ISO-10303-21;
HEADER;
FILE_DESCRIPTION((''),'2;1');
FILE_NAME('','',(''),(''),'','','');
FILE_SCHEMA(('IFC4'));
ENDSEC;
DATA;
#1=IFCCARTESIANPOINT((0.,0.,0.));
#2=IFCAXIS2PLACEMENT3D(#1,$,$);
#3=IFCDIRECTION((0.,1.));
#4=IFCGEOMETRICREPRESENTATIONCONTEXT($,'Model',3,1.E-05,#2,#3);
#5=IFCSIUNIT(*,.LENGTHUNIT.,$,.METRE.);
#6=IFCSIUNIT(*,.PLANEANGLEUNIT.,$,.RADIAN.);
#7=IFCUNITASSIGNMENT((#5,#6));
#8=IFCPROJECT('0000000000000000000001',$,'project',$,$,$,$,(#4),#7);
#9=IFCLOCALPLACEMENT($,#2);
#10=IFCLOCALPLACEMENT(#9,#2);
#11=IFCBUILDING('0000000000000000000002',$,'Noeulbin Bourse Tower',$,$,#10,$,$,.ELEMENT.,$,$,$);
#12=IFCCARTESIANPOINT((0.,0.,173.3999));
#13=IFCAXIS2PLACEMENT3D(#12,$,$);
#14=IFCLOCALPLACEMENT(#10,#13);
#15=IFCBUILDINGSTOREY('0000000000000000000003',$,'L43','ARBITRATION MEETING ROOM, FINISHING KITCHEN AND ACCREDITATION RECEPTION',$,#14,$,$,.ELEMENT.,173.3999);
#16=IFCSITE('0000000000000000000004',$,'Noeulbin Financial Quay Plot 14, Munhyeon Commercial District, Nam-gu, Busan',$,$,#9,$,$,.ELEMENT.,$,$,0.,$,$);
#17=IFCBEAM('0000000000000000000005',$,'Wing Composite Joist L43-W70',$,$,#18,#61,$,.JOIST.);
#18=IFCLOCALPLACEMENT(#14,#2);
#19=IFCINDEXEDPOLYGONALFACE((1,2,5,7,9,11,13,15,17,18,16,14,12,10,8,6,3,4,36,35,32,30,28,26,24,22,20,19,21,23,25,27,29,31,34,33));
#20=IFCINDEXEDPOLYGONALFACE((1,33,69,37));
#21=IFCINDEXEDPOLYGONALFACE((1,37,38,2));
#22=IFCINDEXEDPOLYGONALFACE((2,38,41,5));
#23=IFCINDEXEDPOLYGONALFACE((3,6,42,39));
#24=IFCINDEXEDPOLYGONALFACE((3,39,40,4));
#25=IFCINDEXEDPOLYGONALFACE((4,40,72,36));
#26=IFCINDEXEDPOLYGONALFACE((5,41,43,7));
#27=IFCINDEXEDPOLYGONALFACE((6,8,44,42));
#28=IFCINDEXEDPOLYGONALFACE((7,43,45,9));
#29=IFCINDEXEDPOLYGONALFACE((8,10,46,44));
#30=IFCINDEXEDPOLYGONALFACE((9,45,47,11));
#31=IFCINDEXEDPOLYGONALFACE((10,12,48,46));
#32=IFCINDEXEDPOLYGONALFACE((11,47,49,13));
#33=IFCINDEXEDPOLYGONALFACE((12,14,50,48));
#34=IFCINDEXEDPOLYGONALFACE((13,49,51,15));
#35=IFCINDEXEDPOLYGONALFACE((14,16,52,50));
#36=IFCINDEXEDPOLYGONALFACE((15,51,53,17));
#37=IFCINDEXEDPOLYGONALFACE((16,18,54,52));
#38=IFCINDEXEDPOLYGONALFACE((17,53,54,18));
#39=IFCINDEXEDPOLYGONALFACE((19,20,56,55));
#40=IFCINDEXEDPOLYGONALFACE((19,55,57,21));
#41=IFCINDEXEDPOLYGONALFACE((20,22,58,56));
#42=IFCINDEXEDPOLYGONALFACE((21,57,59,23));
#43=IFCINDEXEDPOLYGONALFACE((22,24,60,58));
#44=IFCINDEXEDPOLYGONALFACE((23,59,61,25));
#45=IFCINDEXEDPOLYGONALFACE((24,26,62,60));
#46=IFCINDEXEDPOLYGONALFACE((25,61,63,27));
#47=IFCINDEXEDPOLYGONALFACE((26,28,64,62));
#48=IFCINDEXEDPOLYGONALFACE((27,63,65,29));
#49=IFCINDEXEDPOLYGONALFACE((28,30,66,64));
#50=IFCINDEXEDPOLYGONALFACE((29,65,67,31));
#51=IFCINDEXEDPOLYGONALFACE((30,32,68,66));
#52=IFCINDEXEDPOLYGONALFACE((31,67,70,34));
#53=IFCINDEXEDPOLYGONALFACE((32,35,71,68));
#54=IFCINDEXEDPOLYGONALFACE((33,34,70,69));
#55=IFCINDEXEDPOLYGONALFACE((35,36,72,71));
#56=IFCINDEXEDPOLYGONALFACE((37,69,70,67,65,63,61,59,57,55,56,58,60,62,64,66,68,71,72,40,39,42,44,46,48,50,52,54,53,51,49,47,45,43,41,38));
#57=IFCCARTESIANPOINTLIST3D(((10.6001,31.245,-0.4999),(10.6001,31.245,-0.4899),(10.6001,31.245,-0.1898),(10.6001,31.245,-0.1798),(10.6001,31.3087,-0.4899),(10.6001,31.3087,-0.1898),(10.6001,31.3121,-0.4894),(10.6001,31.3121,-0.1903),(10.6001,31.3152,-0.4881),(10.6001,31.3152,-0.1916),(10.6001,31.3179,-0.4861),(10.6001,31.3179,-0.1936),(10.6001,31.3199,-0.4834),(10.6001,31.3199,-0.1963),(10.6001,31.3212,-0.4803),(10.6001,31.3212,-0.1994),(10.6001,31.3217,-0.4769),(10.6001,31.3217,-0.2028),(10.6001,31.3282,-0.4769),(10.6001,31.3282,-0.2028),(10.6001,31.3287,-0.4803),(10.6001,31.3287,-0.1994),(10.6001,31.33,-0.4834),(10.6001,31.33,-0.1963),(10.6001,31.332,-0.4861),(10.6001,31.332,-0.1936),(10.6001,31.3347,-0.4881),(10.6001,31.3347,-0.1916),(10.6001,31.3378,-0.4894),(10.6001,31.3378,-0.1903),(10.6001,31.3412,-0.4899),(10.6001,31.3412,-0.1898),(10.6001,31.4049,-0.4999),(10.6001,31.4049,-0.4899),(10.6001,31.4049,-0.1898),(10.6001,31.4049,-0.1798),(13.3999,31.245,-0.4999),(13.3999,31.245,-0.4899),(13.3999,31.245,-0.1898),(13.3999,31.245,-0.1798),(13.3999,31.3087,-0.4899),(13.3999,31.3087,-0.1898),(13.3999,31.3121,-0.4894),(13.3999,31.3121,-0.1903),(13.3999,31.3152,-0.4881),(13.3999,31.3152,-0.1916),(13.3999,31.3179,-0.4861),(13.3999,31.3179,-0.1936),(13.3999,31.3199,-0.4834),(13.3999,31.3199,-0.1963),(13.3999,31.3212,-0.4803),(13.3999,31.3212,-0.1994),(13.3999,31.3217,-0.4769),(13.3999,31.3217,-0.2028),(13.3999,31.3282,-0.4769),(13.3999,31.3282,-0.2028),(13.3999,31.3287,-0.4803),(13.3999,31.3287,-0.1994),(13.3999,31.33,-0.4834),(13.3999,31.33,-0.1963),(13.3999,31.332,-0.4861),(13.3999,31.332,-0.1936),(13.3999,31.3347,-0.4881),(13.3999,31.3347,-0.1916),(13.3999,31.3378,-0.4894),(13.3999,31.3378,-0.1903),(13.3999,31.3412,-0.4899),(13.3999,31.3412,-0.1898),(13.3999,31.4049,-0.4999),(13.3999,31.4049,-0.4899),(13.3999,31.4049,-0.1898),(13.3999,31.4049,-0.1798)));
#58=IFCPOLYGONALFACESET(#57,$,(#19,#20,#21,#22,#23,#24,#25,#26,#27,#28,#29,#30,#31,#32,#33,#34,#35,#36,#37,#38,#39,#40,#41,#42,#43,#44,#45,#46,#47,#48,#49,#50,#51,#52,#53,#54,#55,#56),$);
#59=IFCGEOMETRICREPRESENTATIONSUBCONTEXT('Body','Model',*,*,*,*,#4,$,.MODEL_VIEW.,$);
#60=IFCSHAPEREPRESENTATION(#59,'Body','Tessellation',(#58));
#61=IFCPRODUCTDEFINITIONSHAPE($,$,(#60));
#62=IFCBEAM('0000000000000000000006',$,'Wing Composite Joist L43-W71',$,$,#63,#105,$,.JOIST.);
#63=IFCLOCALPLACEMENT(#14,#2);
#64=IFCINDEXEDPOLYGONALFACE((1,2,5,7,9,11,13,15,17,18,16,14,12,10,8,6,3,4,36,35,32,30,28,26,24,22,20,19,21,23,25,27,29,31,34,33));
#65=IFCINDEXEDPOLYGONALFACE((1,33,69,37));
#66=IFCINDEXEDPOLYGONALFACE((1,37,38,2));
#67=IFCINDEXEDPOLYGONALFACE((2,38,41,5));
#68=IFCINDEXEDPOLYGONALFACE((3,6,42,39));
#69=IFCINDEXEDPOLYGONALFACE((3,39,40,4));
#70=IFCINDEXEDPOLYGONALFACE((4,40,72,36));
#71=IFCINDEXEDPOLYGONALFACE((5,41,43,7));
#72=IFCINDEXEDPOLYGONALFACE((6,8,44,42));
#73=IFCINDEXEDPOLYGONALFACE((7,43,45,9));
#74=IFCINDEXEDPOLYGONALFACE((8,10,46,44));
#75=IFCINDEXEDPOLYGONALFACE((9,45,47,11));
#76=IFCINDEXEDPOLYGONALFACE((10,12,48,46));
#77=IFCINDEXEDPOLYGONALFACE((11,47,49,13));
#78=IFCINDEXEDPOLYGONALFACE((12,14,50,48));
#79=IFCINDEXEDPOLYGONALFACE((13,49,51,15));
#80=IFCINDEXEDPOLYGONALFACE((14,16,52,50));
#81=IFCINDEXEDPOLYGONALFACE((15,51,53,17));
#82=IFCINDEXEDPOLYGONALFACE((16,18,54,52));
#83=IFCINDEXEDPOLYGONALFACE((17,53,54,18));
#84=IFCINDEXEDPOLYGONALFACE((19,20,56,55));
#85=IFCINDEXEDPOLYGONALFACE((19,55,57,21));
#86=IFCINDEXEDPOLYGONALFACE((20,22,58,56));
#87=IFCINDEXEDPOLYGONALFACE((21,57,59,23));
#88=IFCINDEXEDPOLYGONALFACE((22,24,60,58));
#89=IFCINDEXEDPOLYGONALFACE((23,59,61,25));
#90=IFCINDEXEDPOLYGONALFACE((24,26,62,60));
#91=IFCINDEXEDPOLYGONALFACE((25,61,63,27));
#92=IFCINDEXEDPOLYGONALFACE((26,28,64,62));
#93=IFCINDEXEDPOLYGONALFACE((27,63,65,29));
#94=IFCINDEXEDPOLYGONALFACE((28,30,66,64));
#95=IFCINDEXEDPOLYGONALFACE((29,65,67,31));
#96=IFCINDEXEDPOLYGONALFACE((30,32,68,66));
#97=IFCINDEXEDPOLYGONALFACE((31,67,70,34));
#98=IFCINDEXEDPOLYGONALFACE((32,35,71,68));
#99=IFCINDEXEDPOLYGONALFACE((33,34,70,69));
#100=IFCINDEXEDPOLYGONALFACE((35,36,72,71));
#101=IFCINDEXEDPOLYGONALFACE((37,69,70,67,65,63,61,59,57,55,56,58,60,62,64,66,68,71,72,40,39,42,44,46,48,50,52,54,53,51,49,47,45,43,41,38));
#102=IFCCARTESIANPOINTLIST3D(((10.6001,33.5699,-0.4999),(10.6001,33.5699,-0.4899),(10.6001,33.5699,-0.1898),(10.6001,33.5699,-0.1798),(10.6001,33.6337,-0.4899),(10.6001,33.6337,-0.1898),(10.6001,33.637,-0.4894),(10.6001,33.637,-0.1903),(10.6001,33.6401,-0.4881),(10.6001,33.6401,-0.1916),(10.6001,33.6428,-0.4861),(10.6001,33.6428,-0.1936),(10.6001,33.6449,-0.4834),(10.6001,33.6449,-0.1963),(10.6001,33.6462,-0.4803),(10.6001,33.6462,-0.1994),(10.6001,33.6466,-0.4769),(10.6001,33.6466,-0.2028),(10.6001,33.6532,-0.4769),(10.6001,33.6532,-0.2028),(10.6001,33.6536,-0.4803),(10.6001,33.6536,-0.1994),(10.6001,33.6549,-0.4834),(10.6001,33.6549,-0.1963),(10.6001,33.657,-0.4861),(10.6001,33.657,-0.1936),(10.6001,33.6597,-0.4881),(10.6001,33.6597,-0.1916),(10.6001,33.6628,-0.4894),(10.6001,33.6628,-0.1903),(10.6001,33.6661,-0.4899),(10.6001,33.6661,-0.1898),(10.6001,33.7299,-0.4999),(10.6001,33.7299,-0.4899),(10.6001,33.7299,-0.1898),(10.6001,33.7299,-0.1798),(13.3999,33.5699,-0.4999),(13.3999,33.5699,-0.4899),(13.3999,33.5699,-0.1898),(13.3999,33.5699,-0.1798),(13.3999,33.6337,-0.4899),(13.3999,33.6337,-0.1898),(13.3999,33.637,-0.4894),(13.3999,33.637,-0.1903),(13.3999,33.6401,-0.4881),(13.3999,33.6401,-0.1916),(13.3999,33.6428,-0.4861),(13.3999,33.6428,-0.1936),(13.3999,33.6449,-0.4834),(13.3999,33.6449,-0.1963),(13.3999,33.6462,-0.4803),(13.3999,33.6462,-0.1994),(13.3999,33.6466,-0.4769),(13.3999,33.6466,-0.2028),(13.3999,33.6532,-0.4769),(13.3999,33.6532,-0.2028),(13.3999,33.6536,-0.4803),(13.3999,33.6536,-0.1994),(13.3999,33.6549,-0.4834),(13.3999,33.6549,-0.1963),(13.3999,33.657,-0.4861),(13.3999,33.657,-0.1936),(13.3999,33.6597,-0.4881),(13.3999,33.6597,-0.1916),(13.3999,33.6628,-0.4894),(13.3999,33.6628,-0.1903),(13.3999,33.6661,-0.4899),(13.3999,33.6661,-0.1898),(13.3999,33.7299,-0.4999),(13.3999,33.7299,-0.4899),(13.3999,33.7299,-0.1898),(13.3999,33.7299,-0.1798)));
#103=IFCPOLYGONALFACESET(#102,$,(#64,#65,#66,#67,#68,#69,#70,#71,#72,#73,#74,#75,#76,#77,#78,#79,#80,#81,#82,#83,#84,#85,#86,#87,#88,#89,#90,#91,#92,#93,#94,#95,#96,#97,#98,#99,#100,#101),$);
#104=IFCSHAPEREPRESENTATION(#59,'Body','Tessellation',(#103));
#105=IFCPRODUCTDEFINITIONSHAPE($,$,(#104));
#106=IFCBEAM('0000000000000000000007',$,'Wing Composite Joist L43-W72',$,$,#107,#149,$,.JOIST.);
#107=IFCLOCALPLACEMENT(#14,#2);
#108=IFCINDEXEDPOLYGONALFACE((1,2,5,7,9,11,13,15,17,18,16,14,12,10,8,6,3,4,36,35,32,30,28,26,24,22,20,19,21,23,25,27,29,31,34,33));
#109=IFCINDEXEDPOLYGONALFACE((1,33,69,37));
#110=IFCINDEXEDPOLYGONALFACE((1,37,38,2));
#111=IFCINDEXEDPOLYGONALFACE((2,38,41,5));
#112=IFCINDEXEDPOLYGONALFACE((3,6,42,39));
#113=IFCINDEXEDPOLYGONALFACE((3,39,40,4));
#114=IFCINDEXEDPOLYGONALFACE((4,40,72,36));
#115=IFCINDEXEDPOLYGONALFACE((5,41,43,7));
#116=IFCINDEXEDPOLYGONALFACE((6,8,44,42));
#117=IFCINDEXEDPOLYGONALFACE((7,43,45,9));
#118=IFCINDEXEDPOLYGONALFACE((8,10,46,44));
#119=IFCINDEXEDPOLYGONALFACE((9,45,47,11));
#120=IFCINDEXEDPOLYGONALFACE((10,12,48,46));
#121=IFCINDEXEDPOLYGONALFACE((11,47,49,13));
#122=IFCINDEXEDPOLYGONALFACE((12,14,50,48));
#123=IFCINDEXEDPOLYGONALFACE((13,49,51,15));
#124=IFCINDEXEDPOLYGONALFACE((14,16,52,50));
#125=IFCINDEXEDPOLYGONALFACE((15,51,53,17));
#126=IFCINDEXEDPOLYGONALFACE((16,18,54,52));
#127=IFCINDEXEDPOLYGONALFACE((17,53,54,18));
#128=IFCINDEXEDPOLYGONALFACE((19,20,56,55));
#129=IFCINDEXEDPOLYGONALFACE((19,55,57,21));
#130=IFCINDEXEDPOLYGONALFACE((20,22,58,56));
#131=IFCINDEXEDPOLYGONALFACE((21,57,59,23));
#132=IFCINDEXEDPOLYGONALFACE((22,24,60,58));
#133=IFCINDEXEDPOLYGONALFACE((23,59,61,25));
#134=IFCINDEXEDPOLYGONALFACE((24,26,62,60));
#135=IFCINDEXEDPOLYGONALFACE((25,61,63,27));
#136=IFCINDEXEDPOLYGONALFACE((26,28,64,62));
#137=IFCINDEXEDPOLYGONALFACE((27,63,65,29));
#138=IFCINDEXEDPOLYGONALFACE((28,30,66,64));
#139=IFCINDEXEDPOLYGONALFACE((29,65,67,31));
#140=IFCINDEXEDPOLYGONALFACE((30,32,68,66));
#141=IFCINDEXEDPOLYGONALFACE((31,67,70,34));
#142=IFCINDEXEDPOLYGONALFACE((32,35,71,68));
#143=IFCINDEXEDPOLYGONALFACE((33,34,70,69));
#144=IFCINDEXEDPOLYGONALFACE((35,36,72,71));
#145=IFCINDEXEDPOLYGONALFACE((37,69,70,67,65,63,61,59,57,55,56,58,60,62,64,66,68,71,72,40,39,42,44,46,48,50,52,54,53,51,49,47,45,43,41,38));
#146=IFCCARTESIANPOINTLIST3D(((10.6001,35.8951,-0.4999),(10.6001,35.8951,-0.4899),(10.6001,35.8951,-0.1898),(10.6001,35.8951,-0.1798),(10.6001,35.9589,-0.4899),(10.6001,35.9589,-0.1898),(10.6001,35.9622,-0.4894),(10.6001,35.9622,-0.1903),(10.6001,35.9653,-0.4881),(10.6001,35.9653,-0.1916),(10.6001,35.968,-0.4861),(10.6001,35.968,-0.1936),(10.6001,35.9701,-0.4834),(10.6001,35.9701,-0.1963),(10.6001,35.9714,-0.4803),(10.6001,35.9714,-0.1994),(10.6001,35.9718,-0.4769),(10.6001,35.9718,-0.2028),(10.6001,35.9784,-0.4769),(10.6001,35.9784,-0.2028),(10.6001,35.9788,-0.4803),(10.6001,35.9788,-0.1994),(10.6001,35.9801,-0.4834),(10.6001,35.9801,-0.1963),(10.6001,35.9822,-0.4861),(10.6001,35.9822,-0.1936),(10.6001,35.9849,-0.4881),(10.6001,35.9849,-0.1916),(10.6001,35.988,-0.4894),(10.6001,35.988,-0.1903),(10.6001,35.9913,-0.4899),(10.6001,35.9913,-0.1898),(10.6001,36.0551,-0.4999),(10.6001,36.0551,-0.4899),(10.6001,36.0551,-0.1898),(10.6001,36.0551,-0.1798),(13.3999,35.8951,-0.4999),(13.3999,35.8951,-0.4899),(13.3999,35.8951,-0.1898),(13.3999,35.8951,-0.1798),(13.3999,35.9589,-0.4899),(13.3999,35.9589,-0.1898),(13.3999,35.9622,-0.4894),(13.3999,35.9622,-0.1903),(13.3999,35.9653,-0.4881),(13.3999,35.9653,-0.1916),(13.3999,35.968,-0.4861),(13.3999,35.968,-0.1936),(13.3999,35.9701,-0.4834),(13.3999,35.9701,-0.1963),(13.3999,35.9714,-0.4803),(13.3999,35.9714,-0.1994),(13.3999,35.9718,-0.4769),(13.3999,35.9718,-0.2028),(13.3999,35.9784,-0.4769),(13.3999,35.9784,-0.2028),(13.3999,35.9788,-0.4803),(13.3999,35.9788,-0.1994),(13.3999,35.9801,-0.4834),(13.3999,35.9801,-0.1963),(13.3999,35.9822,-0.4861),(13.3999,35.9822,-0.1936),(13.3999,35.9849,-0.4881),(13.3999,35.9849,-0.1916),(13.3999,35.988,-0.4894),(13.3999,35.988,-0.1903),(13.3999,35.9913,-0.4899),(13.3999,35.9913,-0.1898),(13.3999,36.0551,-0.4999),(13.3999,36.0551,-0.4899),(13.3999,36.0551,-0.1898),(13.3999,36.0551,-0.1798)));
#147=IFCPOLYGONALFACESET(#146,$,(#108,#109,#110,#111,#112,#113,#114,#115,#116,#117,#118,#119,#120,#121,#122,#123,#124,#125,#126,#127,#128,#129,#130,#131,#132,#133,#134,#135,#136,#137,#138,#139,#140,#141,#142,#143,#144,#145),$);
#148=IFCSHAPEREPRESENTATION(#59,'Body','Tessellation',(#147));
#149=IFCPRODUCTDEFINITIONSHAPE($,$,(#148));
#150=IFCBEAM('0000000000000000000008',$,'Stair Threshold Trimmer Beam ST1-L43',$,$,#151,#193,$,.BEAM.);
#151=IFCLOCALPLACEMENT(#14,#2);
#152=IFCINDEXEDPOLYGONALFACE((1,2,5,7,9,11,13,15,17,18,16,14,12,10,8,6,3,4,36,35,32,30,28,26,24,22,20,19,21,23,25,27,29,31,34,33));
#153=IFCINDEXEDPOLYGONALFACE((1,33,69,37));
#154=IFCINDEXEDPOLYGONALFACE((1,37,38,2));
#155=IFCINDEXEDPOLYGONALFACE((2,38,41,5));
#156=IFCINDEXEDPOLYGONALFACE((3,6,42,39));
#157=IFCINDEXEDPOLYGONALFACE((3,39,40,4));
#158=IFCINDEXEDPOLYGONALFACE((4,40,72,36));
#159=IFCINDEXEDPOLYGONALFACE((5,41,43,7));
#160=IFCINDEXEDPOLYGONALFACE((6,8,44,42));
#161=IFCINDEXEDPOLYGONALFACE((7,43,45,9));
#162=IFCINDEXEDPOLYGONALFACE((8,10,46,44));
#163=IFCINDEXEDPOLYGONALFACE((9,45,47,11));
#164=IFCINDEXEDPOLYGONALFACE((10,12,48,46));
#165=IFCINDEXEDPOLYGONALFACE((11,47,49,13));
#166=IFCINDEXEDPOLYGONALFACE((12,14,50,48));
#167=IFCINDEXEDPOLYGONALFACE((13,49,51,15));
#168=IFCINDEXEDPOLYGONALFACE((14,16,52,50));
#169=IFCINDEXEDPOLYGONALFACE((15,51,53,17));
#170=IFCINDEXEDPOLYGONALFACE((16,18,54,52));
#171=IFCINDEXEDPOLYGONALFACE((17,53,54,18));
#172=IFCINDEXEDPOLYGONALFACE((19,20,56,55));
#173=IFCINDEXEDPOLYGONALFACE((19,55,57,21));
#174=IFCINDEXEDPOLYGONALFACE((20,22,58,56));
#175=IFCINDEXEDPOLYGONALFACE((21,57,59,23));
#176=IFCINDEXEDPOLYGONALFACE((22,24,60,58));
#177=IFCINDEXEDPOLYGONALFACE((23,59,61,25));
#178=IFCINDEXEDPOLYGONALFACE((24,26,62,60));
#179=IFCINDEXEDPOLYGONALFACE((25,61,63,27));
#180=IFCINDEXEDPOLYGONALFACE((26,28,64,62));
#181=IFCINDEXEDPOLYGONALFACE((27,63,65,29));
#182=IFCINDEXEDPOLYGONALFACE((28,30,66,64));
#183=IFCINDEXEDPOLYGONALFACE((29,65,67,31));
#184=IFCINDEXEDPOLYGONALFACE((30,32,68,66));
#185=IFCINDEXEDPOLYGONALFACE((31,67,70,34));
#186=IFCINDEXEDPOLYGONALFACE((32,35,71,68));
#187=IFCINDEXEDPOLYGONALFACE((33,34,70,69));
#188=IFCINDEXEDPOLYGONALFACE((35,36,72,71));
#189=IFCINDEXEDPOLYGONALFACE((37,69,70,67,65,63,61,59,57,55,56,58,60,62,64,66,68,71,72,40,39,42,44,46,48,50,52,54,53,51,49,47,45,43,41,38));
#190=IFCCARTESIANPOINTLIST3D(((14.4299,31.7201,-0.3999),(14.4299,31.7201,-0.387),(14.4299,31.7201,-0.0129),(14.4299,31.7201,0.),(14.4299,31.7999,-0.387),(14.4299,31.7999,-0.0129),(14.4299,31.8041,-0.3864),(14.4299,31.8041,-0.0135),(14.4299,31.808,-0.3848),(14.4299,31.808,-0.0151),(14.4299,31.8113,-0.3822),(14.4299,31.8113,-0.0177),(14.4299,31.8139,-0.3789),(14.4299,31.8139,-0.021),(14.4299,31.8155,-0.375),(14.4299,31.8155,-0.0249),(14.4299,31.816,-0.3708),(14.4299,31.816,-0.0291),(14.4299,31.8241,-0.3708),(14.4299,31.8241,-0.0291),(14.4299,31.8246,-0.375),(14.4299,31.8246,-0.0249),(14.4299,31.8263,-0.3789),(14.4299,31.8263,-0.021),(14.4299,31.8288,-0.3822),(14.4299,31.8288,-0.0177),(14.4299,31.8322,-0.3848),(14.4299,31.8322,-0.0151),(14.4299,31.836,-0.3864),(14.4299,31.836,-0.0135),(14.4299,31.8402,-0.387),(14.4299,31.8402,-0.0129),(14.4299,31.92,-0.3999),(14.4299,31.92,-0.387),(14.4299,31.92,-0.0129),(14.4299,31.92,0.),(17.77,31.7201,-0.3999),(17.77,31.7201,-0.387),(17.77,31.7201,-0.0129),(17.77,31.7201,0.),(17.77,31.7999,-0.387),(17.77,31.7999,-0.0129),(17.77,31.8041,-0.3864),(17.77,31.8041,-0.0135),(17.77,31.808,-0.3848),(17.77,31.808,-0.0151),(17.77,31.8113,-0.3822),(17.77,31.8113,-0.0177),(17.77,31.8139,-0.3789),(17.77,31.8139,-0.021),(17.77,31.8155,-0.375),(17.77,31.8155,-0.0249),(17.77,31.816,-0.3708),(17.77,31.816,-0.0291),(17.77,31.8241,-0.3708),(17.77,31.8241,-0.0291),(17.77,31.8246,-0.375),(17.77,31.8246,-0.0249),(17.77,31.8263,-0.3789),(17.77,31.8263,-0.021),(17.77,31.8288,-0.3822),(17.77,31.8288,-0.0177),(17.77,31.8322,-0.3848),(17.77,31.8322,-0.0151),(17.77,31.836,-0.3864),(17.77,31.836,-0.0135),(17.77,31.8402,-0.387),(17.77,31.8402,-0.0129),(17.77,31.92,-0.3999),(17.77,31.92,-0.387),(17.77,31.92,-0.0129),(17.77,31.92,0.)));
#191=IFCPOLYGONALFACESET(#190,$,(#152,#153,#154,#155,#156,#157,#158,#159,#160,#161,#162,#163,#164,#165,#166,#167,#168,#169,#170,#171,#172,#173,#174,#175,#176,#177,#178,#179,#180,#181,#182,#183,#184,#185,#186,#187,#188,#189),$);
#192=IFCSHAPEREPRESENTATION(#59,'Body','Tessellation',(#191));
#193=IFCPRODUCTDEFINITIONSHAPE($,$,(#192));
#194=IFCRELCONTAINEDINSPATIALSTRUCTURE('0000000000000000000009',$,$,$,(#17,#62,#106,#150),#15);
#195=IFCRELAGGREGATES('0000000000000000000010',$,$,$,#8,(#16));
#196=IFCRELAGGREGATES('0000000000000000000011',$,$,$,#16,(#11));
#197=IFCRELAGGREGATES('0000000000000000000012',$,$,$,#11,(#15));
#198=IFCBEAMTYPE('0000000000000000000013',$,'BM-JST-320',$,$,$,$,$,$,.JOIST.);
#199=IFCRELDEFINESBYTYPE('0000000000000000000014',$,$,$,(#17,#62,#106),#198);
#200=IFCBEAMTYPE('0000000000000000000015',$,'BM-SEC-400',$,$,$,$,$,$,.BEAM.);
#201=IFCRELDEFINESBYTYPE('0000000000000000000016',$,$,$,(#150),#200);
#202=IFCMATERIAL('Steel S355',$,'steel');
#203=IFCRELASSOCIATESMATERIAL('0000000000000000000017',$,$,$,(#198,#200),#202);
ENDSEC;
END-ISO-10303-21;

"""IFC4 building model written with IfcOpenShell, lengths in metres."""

from ifc_helpers import new_model, si_unit, direction, frame, origin, origin_2d, place, context, subcontext, project, spatial, i_section, extrude, material, material_profile, profile_set, type_object, element, save


model = new_model("IFC4")

# Units and contexts
model_context = context("Model", 3, precision=1e-05, world=origin(), true_north=direction((0.0, 1.0)))
body_context = subcontext(model_context, "Body", "Model", "MODEL_VIEW")
ifc_project = project(units=[si_unit("LENGTHUNIT", "METRE"), si_unit("PLANEANGLEUNIT", "RADIAN")], contexts=[model_context])

# Site, building, storey
site_placement = place(None, origin())
site = spatial("IfcSite", under=ifc_project, at=site_placement, Name="Noeulbin Financial Quay Plot 14, Munhyeon Commercial District, Nam-gu, Busan", CompositionType="ELEMENT", RefElevation=0.0)
building_placement = place(site_placement, origin())
building = spatial("IfcBuilding", under=site, at=building_placement, Name="Noeulbin Bourse Tower", CompositionType="ELEMENT")
storey_placement = place(building_placement, frame((0.0, 0.0, 173.3999)))
storey = spatial("IfcBuildingStorey", under=building, at=storey_placement, Name="L43", Description="ARBITRATION MEETING ROOM, FINISHING KITCHEN AND ACCREDITATION RECEPTION", CompositionType="ELEMENT", Elevation=173.3999)

# Beams
ifc_material_1 = material(Name="Steel S355", Category="steel")
ifc_material_profile_1 = material_profile(ifc_material_1, i_section(OverallWidth=0.1599, OverallDepth=0.3201, WebThickness=0.0066, FlangeThickness=0.01, FilletRadius=0.0129, at=origin_2d()), Name="H-320x160x6.5x10", Category="LoadBearing")
ifc_profile_set_1 = profile_set([ifc_material_profile_1], Name="Steel S355")
beam_type_1 = type_object("IfcBeamType", Name="BM-JST-320", PredefinedType="JOIST", material=ifc_profile_set_1)
for number, where, z_axis, x_axis, name in (
    (1, (10.6001, 31.325, -0.3398), (1.0, 0.0, 0.0), (0.0, 1.0, 0.0), "Wing Composite Joist L43-W70"),
    (2, (10.6001, 33.6499, -0.3398), (1.0, 0.0, 0.0), (0.0, 1.0, 0.0), "Wing Composite Joist L43-W71"),
    (3, (10.6001, 35.9751, -0.3398), (1.0, 0.0, 0.0), (0.0, 1.0, 0.0), "Wing Composite Joist L43-W72"),
):
    element("IfcBeam", number, at=place(storey_placement, frame(where, z_axis=z_axis, x_axis=x_axis)), inside=storey, type_object=beam_type_1, Name=name, PredefinedType="JOIST", context=body_context, shape_type="SweptSolid", body=[
        extrude(i_section(OverallWidth=0.1599, OverallDepth=0.3201, WebThickness=0.0066, FlangeThickness=0.01, FilletRadius=0.0129, at=origin_2d()), origin(), (0.0, 0.0, 1.0), 2.7998),
    ])
ifc_material_profile_2 = material_profile(ifc_material_1, i_section(OverallWidth=0.2, OverallDepth=0.3999, WebThickness=0.0081, FlangeThickness=0.0129, FilletRadius=0.0161, at=origin_2d()), Name="H-400x200x8x13", Category="LoadBearing")
ifc_profile_set_2 = profile_set([ifc_material_profile_2], Name="Steel S355")
beam_type_2 = type_object("IfcBeamType", Name="BM-SEC-400", PredefinedType="BEAM", material=ifc_profile_set_2)
beam_1_placement = place(storey_placement, frame((14.4299, 31.8201, -0.2), z_axis=(1.0, 0.0, 0.0), x_axis=(0.0, 1.0, 0.0)))
element("IfcBeam", 4, at=beam_1_placement, inside=storey, type_object=beam_type_2, Name="Stair Threshold Trimmer Beam ST1-L43", PredefinedType="BEAM", context=body_context, shape_type="SweptSolid", body=[
    extrude(i_section(OverallWidth=0.2, OverallDepth=0.3999, WebThickness=0.0081, FlangeThickness=0.0129, FilletRadius=0.0161, at=origin_2d()), origin(), (0.0, 0.0, 1.0), 3.3401),
])

save(model, "model.ifc")
